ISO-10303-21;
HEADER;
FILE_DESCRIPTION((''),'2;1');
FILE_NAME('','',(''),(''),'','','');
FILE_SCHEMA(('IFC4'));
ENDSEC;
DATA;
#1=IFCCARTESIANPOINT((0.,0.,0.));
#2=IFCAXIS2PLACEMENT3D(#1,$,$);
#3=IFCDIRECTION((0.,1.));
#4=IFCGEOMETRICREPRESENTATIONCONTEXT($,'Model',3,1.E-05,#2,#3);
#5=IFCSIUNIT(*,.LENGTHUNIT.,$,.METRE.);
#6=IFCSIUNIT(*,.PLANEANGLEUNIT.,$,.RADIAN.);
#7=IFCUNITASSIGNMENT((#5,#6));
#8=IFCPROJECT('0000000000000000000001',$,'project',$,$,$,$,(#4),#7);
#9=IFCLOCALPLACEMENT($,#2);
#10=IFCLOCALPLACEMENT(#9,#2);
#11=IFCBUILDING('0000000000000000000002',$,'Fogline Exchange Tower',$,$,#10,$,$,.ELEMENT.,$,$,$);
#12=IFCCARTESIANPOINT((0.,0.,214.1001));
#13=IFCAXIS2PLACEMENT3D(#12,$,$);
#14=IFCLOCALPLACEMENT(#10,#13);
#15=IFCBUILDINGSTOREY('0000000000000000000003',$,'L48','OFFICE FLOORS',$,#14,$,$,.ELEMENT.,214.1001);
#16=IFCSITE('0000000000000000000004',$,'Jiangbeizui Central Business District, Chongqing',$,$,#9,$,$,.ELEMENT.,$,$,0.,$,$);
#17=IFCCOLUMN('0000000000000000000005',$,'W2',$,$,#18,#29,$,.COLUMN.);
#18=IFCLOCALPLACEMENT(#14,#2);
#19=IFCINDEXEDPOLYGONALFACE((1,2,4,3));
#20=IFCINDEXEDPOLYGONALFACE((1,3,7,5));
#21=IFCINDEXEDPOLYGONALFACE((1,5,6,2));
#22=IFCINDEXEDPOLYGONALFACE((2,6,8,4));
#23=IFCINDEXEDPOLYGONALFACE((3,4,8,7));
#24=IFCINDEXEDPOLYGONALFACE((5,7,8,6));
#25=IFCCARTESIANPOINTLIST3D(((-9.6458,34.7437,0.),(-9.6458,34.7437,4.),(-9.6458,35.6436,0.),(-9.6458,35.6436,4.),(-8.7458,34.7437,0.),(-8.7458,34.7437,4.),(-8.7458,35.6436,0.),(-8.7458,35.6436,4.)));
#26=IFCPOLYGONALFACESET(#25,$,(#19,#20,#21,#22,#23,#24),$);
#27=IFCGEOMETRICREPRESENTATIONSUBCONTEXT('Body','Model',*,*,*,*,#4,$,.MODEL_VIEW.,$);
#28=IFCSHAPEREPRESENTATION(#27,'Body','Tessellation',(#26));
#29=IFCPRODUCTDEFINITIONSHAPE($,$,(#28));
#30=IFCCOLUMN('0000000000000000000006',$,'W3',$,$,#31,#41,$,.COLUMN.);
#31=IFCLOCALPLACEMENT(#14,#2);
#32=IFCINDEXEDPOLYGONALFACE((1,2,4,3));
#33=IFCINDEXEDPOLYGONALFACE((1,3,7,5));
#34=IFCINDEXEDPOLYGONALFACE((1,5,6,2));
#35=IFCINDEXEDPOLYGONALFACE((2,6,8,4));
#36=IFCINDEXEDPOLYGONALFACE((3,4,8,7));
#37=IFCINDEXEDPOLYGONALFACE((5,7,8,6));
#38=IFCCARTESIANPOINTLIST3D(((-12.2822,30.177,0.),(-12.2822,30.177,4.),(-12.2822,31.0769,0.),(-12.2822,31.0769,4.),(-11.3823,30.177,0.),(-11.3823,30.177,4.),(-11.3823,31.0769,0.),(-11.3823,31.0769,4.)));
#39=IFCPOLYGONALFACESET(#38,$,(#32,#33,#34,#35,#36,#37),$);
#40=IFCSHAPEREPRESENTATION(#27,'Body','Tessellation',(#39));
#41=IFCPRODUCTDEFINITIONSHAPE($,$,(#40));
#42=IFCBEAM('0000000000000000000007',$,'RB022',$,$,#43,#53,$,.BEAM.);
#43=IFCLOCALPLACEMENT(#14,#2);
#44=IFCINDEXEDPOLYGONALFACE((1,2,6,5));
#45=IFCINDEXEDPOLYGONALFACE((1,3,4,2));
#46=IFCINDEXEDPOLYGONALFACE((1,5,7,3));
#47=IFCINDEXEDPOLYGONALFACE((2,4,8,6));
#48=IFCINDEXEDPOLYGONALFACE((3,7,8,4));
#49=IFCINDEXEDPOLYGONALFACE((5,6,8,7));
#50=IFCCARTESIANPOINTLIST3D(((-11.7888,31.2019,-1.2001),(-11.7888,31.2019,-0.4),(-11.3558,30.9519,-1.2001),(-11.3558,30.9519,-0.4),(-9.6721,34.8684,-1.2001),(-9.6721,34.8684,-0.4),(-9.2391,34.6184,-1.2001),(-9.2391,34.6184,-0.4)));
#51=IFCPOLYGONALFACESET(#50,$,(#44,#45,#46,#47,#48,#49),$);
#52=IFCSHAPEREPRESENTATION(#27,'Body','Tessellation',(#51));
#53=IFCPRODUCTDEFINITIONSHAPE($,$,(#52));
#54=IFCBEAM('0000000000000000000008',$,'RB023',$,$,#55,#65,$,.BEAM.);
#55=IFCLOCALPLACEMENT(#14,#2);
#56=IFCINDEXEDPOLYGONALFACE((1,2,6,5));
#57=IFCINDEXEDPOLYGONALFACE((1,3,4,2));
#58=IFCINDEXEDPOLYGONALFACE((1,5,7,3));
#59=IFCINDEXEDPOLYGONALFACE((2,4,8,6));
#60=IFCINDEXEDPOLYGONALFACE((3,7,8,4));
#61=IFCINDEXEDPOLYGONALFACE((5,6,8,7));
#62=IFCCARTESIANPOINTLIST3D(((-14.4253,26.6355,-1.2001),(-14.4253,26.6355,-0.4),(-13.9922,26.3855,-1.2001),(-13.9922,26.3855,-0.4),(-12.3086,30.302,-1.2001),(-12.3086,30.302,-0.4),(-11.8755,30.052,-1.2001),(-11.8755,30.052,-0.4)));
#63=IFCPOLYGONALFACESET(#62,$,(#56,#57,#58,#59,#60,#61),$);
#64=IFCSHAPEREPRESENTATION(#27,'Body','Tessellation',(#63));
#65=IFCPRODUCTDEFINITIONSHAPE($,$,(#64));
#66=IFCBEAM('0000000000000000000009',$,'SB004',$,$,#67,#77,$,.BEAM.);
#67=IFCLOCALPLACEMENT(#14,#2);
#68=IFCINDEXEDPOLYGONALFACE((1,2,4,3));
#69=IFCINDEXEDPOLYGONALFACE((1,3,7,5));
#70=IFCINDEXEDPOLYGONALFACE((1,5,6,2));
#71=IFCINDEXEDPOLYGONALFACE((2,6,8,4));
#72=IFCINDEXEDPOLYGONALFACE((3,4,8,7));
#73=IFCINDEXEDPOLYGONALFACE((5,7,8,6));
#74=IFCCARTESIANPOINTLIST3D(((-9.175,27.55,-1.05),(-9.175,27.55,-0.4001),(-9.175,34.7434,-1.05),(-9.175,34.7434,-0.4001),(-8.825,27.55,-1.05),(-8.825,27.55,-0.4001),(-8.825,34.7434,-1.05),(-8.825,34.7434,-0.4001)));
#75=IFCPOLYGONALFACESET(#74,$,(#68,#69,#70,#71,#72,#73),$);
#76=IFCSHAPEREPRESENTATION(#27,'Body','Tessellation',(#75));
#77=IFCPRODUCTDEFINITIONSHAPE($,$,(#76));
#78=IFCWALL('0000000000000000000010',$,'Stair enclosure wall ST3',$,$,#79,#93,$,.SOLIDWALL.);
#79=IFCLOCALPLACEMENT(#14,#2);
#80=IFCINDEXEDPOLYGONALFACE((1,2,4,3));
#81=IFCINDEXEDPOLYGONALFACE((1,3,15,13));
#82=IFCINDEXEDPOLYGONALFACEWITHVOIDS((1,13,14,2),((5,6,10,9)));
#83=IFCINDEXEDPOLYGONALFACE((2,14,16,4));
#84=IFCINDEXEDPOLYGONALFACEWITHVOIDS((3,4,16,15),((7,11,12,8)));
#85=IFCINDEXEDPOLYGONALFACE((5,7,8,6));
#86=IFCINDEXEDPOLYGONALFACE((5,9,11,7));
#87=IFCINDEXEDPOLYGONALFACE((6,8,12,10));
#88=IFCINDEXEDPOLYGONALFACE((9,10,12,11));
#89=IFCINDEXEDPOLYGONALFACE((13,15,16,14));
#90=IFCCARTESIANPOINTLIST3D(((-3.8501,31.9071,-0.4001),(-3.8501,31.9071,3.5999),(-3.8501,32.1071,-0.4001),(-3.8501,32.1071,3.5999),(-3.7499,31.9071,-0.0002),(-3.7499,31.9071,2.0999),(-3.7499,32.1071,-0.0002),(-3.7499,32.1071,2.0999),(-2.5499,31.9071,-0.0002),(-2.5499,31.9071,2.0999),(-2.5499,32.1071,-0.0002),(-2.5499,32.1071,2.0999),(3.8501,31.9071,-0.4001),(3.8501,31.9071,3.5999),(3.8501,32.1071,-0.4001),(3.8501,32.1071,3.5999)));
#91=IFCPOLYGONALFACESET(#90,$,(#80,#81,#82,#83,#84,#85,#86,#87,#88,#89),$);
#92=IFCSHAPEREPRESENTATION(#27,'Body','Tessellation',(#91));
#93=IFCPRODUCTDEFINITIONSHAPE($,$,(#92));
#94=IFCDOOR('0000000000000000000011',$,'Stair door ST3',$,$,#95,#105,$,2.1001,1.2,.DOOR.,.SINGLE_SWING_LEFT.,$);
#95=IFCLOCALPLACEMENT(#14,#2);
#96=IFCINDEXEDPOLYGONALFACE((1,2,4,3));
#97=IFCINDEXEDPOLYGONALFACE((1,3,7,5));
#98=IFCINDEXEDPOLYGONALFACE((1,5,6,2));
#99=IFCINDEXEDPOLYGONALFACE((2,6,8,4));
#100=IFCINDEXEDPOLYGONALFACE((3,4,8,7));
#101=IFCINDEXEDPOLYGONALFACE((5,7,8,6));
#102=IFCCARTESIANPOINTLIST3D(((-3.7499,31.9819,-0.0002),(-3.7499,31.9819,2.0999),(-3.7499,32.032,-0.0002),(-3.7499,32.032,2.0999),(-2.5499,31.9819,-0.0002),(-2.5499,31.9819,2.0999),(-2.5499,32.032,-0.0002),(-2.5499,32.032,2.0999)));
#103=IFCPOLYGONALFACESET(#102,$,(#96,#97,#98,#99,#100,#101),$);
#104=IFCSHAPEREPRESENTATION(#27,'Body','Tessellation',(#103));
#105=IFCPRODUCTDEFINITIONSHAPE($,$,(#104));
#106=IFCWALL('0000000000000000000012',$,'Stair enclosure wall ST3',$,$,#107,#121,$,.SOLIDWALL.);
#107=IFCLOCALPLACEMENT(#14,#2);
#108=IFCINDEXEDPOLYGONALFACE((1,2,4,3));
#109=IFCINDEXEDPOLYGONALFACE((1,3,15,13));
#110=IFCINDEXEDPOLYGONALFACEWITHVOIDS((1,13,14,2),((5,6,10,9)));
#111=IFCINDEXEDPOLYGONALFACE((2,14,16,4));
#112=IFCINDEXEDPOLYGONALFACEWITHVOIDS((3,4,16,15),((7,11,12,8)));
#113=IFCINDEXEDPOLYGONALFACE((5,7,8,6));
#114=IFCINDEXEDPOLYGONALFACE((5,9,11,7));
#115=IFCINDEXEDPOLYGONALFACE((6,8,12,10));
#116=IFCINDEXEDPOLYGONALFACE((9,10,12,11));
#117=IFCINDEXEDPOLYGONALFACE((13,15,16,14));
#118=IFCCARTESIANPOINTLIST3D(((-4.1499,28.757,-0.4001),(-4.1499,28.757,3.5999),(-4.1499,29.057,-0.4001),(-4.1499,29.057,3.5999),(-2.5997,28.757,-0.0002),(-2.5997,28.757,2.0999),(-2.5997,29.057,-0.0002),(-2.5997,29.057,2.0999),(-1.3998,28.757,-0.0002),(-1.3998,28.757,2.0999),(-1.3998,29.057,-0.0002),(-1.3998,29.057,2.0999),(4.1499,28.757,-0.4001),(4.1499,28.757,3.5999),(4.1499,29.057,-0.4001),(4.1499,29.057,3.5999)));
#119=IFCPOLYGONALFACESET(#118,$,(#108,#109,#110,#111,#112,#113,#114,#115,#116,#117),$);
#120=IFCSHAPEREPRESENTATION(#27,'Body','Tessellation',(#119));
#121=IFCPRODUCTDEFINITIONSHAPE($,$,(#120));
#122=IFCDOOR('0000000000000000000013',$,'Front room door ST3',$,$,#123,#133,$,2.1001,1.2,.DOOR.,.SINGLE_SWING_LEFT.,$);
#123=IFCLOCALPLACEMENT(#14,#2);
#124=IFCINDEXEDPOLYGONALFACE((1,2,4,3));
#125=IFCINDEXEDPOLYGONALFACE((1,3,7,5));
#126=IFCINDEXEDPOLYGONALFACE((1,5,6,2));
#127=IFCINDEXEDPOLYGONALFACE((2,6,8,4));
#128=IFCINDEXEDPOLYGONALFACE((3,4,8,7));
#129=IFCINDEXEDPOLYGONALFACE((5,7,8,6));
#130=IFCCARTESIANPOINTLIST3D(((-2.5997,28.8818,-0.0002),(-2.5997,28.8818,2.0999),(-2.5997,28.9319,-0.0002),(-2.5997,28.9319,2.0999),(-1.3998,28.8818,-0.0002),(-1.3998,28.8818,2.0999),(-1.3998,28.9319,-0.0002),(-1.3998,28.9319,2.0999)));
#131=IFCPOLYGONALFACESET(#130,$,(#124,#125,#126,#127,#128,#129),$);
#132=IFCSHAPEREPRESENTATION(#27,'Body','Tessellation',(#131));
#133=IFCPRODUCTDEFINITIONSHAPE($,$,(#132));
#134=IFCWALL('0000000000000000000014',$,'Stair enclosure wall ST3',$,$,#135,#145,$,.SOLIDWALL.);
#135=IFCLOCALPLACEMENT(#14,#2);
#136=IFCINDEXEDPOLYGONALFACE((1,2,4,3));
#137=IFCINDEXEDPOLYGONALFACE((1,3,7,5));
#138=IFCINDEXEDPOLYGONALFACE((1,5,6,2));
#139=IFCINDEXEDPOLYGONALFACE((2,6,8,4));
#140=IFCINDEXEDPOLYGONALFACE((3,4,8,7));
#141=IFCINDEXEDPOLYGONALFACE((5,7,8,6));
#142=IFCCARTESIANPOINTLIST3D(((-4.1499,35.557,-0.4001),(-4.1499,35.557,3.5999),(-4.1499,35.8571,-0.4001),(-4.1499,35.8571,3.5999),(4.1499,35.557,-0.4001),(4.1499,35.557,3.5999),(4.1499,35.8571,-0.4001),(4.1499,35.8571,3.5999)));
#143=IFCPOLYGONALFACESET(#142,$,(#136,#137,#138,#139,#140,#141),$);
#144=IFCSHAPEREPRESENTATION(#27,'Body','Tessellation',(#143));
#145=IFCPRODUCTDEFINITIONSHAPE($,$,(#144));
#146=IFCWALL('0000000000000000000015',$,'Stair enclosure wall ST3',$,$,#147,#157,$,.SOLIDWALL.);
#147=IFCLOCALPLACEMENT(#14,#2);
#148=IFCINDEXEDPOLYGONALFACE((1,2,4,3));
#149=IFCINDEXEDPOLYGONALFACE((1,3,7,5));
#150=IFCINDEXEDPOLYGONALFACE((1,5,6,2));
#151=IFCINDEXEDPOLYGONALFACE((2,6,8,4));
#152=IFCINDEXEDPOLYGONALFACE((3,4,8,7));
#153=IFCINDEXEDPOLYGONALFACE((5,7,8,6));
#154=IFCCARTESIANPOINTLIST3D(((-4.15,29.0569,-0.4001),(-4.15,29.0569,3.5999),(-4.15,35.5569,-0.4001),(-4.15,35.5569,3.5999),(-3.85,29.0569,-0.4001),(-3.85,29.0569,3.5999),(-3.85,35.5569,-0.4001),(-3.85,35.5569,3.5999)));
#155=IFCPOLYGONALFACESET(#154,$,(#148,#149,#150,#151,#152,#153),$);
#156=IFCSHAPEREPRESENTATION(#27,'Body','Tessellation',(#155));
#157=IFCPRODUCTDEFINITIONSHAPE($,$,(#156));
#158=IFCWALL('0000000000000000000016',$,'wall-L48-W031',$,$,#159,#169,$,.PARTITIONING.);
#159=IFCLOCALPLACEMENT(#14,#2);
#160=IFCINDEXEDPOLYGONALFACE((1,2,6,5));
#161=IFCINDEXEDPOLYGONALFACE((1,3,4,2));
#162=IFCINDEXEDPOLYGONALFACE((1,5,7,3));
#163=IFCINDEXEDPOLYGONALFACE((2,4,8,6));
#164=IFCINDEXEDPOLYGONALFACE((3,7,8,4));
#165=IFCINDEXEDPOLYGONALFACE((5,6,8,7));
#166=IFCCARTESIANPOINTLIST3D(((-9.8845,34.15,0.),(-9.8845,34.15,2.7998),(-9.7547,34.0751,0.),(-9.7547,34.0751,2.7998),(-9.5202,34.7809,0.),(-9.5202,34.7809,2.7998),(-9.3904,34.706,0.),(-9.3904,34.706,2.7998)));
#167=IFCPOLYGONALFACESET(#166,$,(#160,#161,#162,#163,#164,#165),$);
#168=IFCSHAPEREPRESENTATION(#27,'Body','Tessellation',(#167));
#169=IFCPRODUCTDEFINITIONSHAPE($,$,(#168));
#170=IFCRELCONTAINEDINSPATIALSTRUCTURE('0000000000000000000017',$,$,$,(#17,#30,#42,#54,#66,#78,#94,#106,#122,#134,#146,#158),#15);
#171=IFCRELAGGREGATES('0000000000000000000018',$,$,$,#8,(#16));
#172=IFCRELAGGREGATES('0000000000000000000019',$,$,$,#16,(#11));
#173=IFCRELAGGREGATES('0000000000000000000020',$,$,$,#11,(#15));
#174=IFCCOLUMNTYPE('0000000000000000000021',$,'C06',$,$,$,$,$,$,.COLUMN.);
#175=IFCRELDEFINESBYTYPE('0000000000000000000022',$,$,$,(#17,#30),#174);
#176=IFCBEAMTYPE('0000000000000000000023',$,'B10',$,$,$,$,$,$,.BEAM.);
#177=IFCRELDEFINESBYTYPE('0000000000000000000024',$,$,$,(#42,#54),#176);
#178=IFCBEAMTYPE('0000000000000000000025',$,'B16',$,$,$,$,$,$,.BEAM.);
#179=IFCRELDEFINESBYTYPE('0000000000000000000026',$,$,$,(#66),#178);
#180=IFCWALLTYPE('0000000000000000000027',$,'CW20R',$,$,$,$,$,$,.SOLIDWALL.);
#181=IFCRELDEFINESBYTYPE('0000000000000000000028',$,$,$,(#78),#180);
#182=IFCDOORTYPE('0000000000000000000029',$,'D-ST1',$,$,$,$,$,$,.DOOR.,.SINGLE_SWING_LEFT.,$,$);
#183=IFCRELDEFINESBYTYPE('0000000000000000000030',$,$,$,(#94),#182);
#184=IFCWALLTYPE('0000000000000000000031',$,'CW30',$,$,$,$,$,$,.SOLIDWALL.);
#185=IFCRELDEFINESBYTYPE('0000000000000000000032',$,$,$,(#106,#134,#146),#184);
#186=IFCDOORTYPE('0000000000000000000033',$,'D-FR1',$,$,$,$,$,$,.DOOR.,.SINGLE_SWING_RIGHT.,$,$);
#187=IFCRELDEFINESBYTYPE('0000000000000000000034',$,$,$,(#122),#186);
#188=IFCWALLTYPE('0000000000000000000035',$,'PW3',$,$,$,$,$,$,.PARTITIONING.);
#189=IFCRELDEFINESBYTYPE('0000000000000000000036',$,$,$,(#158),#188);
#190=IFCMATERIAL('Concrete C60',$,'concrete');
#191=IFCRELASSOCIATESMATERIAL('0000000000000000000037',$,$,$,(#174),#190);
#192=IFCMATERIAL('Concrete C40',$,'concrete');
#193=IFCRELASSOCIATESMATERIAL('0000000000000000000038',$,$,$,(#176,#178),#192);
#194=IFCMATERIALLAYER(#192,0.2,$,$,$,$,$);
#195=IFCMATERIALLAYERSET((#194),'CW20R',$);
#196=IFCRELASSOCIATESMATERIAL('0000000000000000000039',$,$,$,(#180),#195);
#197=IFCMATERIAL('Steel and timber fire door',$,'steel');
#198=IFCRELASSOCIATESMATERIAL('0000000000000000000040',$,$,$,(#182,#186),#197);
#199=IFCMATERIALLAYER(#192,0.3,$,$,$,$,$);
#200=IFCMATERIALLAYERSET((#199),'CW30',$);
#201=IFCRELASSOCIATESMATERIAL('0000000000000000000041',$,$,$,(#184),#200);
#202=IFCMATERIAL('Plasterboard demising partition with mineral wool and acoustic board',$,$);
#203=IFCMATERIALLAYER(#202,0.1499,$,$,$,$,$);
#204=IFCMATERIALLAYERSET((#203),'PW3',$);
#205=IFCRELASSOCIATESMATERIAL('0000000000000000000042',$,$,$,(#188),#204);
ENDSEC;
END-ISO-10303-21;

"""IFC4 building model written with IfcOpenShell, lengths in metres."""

from ifc_helpers import new_model, si_unit, direction, frame, frame_2d, origin, origin_2d, place, context, subcontext, project, spatial, rectangle, extrude, material, layer, layer_set, material_profile, profile_set, type_object, element, fill, save


model = new_model("IFC4")

# Units and contexts
model_context = context("Model", 3, precision=1e-05, world=origin(), true_north=direction((0.0, 1.0)))
body_context = subcontext(model_context, "Body", "Model", "MODEL_VIEW")
ifc_project = project(units=[si_unit("LENGTHUNIT", "METRE"), si_unit("PLANEANGLEUNIT", "RADIAN")], contexts=[model_context])

# Site, building, storey
site_placement = place(None, origin())
site = spatial("IfcSite", under=ifc_project, at=site_placement, Name="Jiangbeizui Central Business District, Chongqing", CompositionType="ELEMENT", RefElevation=0.0)
building_placement = place(site_placement, origin())
building = spatial("IfcBuilding", under=site, at=building_placement, Name="Fogline Exchange Tower", CompositionType="ELEMENT")
storey_placement = place(building_placement, frame((0.0, 0.0, 214.1001)))
storey = spatial("IfcBuildingStorey", under=building, at=storey_placement, Name="L48", Description="OFFICE FLOORS", CompositionType="ELEMENT", Elevation=214.1001)

# Columns
ifc_material_1 = material(Name="Concrete C60", Category="concrete")
ifc_material_profile_1 = material_profile(ifc_material_1, rectangle(XDim=0.8999, YDim=0.8999, at=origin_2d()), Name="RC 900x900")
ifc_profile_set_1 = profile_set([ifc_material_profile_1], Name="Concrete C60")
column_type = type_object("IfcColumnType", Name="C06", PredefinedType="COLUMN", material=ifc_profile_set_1)
for number, where, z_axis, x_axis, name in (
    (1, (-9.1958, 35.1936, 0.0), (0.0, 0.0, 1.0), (1.0, 0.0, 0.0), "W2"),
    (2, (-11.8323, 30.627, 0.0), (0.0, 0.0, 1.0), (1.0, 0.0, 0.0), "W3"),
):
    element("IfcColumn", number, at=place(storey_placement, frame(where, z_axis=z_axis, x_axis=x_axis)), inside=storey, type_object=column_type, Name=name, PredefinedType="COLUMN", context=body_context, shape_type="SweptSolid", body=[
        extrude(rectangle(XDim=0.8999, YDim=0.8999, at=origin_2d()), origin(), (0.0, 0.0, 1.0), 4.0),
    ])

# Beams
ifc_material_2 = material(Name="Concrete C40", Category="concrete")
ifc_material_profile_2 = material_profile(ifc_material_2, rectangle(XDim=0.5, YDim=0.8, at=origin_2d()), Name="RC 500x800")
ifc_profile_set_2 = profile_set([ifc_material_profile_2], Name="Concrete C40")
beam_type_1 = type_object("IfcBeamType", Name="B10", PredefinedType="BEAM", material=ifc_profile_set_2)
for number, where, z_axis, x_axis, name in (
    (3, (-9.4556, 34.7434, -0.8), (-0.499972, -0.866042, 0.0), (0.866042, -0.499972, 0.0), "RB022"),
    (4, (-12.092, 30.177, -0.8), (-0.499972, -0.866042, 0.0), (0.866042, -0.499972, 0.0), "RB023"),
):
    element("IfcBeam", number, at=place(storey_placement, frame(where, z_axis=z_axis, x_axis=x_axis)), inside=storey, type_object=beam_type_1, Name=name, PredefinedType="BEAM", context=body_context, shape_type="SweptSolid", body=[
        extrude(rectangle(XDim=0.5, YDim=0.8, at=origin_2d()), origin(), (0.0, 0.0, 1.0), 4.2336),
    ])
ifc_material_profile_3 = material_profile(ifc_material_2, rectangle(XDim=0.3501, YDim=0.6499, at=origin_2d()), Name="RC 350x650")
ifc_profile_set_3 = profile_set([ifc_material_profile_3], Name="Concrete C40")
beam_type_2 = type_object("IfcBeamType", Name="B16", PredefinedType="BEAM", material=ifc_profile_set_3)
beam_placement = place(storey_placement, frame((-9.0, 27.55, -0.7251), z_axis=(0.0, 1.0, 0.0), x_axis=(-1.0, 0.0, 0.0)))
element("IfcBeam", 5, at=beam_placement, inside=storey, type_object=beam_type_2, Name="SB004", PredefinedType="BEAM", context=body_context, shape_type="SweptSolid", body=[
    extrude(rectangle(XDim=0.3501, YDim=0.6499, at=origin_2d()), origin(), (0.0, 0.0, 1.0), 7.1934),
])

# Walls, openings, doors
ifc_layer_1 = layer(ifc_material_2, 0.2)
ifc_layer_set_1 = layer_set([ifc_layer_1], Name="CW20R")
wall_type_1 = type_object("IfcWallType", Name="CW20R", PredefinedType="SOLIDWALL", material=ifc_layer_set_1)
wall_1_placement = place(storey_placement, frame((-3.8501, 32.0071, -0.4001), z_axis=(0.0, 0.0, 1.0), x_axis=(1.0, 0.0, 0.0)))
wall_1 = element("IfcWall", 6, at=wall_1_placement, inside=storey, type_object=wall_type_1, Name="Stair enclosure wall ST3", PredefinedType="SOLIDWALL", context=body_context, shape_type="SweptSolid", body=[
    extrude(rectangle(XDim=7.7002, YDim=0.2, at=frame_2d((3.8501, 0.0))), origin(), (0.0, 0.0, 1.0), 4.0),
])
opening_1_placement = place(wall_1_placement, frame((0.1001, 0.0, 0.3999)))
opening_1 = element("IfcOpeningElement", 7, at=opening_1_placement, cuts=wall_1, PredefinedType="OPENING", context=body_context, shape_type="SweptSolid", body=[
    extrude(rectangle(XDim=1.2, YDim=2.1001, at=frame_2d((0.6001, 1.05))), frame((0.0, 0.1099, 0.0), z_axis=(0.0, -1.0, 0.0), x_axis=(1.0, 0.0, 0.0)), (0.0, 0.0, 1.0), 0.22),
])
ifc_material_3 = material(Name="Steel and timber fire door", Category="steel")
door_type_1 = type_object("IfcDoorType", Name="D-ST1", OperationType="SINGLE_SWING_LEFT", PredefinedType="DOOR", material=ifc_material_3)
door_1_placement = place(opening_1_placement, origin())
door_1 = element("IfcDoor", 8, at=door_1_placement, inside=storey, type_object=door_type_1, Name="Stair door ST3", OperationType="SINGLE_SWING_LEFT", OverallHeight=2.1001, OverallWidth=1.2, PredefinedType="DOOR", context=body_context, shape_type="SweptSolid", body=[
    extrude(rectangle(XDim=1.2, YDim=2.1001, at=frame_2d((0.6001, 1.05))), frame((0.0, 0.0249, 0.0), z_axis=(0.0, -1.0, 0.0), x_axis=(1.0, 0.0, 0.0)), (0.0, 0.0, 1.0), 0.05),
])
fill(opening_1, door_1)
ifc_layer_2 = layer(ifc_material_2, 0.3)
ifc_layer_set_2 = layer_set([ifc_layer_2], Name="CW30")
wall_type_2 = type_object("IfcWallType", Name="CW30", PredefinedType="SOLIDWALL", material=ifc_layer_set_2)
wall_2_placement = place(storey_placement, frame((-4.1499, 28.907, -0.4001), z_axis=(0.0, 0.0, 1.0), x_axis=(1.0, 0.0, 0.0)))
wall_2 = element("IfcWall", 9, at=wall_2_placement, inside=storey, type_object=wall_type_2, Name="Stair enclosure wall ST3", PredefinedType="SOLIDWALL", context=body_context, shape_type="SweptSolid", body=[
    extrude(rectangle(XDim=8.2998, YDim=0.3, at=frame_2d((4.1499, 0.0))), origin(), (0.0, 0.0, 1.0), 4.0),
])
opening_2_placement = place(wall_2_placement, frame((1.55, 0.0, 0.3999)))
opening_2 = element("IfcOpeningElement", 10, at=opening_2_placement, cuts=wall_2, PredefinedType="OPENING", context=body_context, shape_type="SweptSolid", body=[
    extrude(rectangle(XDim=1.2, YDim=2.1001, at=frame_2d((0.6001, 1.05))), frame((0.0, 0.1602, 0.0), z_axis=(0.0, -1.0, 0.0), x_axis=(1.0, 0.0, 0.0)), (0.0, 0.0, 1.0), 0.3201),
])
door_type_2 = type_object("IfcDoorType", Name="D-FR1", OperationType="SINGLE_SWING_RIGHT", PredefinedType="DOOR", material=ifc_material_3)
door_2_placement = place(opening_2_placement, origin())
door_2 = element("IfcDoor", 11, at=door_2_placement, inside=storey, type_object=door_type_2, Name="Front room door ST3", OperationType="SINGLE_SWING_LEFT", OverallHeight=2.1001, OverallWidth=1.2, PredefinedType="DOOR", context=body_context, shape_type="SweptSolid", body=[
    extrude(rectangle(XDim=1.2, YDim=2.1001, at=frame_2d((0.6001, 1.05))), frame((0.0, 0.0249, 0.0), z_axis=(0.0, -1.0, 0.0), x_axis=(1.0, 0.0, 0.0)), (0.0, 0.0, 1.0), 0.05),
])
fill(opening_2, door_2)

# Walls
wall_3_placement = place(storey_placement, frame((-4.1499, 35.707, -0.4001), z_axis=(0.0, 0.0, 1.0), x_axis=(1.0, 0.0, 0.0)))
element("IfcWall", 12, at=wall_3_placement, inside=storey, type_object=wall_type_2, Name="Stair enclosure wall ST3", PredefinedType="SOLIDWALL", context=body_context, shape_type="SweptSolid", body=[
    extrude(rectangle(XDim=8.2998, YDim=0.3, at=frame_2d((4.1499, 0.0))), origin(), (0.0, 0.0, 1.0), 4.0),
])
wall_4_placement = place(storey_placement, frame((-4.0, 29.0569, -0.4001), z_axis=(0.0, 0.0, 1.0), x_axis=(0.0, 1.0, 0.0)))
element("IfcWall", 13, at=wall_4_placement, inside=storey, type_object=wall_type_2, Name="Stair enclosure wall ST3", PredefinedType="SOLIDWALL", context=body_context, shape_type="SweptSolid", body=[
    extrude(rectangle(XDim=6.5, YDim=0.3, at=frame_2d((3.25, 0.0))), origin(), (0.0, 0.0, 1.0), 4.0),
])
ifc_material_4 = material(Name="Plasterboard demising partition with mineral wool and acoustic board")
ifc_layer_3 = layer(ifc_material_4, 0.1499)
ifc_layer_set_3 = layer_set([ifc_layer_3], Name="PW3")
wall_type_3 = type_object("IfcWallType", Name="PW3", PredefinedType="PARTITIONING", material=ifc_layer_set_3)
wall_5_placement = place(storey_placement, frame((-9.8196, 34.1125, 0.0), z_axis=(0.0, 0.0, 1.0), x_axis=(0.500032, 0.866007, 0.0)))
element("IfcWall", 14, at=wall_5_placement, inside=storey, type_object=wall_type_3, Name="wall-L48-W031", PredefinedType="PARTITIONING", context=body_context, shape_type="SweptSolid", body=[
    extrude(rectangle(XDim=0.7285, YDim=0.1499, at=frame_2d((0.3643, 0.0))), origin(), (0.0, 0.0, 1.0), 2.7998),
])

save(model, "model.ifc")
